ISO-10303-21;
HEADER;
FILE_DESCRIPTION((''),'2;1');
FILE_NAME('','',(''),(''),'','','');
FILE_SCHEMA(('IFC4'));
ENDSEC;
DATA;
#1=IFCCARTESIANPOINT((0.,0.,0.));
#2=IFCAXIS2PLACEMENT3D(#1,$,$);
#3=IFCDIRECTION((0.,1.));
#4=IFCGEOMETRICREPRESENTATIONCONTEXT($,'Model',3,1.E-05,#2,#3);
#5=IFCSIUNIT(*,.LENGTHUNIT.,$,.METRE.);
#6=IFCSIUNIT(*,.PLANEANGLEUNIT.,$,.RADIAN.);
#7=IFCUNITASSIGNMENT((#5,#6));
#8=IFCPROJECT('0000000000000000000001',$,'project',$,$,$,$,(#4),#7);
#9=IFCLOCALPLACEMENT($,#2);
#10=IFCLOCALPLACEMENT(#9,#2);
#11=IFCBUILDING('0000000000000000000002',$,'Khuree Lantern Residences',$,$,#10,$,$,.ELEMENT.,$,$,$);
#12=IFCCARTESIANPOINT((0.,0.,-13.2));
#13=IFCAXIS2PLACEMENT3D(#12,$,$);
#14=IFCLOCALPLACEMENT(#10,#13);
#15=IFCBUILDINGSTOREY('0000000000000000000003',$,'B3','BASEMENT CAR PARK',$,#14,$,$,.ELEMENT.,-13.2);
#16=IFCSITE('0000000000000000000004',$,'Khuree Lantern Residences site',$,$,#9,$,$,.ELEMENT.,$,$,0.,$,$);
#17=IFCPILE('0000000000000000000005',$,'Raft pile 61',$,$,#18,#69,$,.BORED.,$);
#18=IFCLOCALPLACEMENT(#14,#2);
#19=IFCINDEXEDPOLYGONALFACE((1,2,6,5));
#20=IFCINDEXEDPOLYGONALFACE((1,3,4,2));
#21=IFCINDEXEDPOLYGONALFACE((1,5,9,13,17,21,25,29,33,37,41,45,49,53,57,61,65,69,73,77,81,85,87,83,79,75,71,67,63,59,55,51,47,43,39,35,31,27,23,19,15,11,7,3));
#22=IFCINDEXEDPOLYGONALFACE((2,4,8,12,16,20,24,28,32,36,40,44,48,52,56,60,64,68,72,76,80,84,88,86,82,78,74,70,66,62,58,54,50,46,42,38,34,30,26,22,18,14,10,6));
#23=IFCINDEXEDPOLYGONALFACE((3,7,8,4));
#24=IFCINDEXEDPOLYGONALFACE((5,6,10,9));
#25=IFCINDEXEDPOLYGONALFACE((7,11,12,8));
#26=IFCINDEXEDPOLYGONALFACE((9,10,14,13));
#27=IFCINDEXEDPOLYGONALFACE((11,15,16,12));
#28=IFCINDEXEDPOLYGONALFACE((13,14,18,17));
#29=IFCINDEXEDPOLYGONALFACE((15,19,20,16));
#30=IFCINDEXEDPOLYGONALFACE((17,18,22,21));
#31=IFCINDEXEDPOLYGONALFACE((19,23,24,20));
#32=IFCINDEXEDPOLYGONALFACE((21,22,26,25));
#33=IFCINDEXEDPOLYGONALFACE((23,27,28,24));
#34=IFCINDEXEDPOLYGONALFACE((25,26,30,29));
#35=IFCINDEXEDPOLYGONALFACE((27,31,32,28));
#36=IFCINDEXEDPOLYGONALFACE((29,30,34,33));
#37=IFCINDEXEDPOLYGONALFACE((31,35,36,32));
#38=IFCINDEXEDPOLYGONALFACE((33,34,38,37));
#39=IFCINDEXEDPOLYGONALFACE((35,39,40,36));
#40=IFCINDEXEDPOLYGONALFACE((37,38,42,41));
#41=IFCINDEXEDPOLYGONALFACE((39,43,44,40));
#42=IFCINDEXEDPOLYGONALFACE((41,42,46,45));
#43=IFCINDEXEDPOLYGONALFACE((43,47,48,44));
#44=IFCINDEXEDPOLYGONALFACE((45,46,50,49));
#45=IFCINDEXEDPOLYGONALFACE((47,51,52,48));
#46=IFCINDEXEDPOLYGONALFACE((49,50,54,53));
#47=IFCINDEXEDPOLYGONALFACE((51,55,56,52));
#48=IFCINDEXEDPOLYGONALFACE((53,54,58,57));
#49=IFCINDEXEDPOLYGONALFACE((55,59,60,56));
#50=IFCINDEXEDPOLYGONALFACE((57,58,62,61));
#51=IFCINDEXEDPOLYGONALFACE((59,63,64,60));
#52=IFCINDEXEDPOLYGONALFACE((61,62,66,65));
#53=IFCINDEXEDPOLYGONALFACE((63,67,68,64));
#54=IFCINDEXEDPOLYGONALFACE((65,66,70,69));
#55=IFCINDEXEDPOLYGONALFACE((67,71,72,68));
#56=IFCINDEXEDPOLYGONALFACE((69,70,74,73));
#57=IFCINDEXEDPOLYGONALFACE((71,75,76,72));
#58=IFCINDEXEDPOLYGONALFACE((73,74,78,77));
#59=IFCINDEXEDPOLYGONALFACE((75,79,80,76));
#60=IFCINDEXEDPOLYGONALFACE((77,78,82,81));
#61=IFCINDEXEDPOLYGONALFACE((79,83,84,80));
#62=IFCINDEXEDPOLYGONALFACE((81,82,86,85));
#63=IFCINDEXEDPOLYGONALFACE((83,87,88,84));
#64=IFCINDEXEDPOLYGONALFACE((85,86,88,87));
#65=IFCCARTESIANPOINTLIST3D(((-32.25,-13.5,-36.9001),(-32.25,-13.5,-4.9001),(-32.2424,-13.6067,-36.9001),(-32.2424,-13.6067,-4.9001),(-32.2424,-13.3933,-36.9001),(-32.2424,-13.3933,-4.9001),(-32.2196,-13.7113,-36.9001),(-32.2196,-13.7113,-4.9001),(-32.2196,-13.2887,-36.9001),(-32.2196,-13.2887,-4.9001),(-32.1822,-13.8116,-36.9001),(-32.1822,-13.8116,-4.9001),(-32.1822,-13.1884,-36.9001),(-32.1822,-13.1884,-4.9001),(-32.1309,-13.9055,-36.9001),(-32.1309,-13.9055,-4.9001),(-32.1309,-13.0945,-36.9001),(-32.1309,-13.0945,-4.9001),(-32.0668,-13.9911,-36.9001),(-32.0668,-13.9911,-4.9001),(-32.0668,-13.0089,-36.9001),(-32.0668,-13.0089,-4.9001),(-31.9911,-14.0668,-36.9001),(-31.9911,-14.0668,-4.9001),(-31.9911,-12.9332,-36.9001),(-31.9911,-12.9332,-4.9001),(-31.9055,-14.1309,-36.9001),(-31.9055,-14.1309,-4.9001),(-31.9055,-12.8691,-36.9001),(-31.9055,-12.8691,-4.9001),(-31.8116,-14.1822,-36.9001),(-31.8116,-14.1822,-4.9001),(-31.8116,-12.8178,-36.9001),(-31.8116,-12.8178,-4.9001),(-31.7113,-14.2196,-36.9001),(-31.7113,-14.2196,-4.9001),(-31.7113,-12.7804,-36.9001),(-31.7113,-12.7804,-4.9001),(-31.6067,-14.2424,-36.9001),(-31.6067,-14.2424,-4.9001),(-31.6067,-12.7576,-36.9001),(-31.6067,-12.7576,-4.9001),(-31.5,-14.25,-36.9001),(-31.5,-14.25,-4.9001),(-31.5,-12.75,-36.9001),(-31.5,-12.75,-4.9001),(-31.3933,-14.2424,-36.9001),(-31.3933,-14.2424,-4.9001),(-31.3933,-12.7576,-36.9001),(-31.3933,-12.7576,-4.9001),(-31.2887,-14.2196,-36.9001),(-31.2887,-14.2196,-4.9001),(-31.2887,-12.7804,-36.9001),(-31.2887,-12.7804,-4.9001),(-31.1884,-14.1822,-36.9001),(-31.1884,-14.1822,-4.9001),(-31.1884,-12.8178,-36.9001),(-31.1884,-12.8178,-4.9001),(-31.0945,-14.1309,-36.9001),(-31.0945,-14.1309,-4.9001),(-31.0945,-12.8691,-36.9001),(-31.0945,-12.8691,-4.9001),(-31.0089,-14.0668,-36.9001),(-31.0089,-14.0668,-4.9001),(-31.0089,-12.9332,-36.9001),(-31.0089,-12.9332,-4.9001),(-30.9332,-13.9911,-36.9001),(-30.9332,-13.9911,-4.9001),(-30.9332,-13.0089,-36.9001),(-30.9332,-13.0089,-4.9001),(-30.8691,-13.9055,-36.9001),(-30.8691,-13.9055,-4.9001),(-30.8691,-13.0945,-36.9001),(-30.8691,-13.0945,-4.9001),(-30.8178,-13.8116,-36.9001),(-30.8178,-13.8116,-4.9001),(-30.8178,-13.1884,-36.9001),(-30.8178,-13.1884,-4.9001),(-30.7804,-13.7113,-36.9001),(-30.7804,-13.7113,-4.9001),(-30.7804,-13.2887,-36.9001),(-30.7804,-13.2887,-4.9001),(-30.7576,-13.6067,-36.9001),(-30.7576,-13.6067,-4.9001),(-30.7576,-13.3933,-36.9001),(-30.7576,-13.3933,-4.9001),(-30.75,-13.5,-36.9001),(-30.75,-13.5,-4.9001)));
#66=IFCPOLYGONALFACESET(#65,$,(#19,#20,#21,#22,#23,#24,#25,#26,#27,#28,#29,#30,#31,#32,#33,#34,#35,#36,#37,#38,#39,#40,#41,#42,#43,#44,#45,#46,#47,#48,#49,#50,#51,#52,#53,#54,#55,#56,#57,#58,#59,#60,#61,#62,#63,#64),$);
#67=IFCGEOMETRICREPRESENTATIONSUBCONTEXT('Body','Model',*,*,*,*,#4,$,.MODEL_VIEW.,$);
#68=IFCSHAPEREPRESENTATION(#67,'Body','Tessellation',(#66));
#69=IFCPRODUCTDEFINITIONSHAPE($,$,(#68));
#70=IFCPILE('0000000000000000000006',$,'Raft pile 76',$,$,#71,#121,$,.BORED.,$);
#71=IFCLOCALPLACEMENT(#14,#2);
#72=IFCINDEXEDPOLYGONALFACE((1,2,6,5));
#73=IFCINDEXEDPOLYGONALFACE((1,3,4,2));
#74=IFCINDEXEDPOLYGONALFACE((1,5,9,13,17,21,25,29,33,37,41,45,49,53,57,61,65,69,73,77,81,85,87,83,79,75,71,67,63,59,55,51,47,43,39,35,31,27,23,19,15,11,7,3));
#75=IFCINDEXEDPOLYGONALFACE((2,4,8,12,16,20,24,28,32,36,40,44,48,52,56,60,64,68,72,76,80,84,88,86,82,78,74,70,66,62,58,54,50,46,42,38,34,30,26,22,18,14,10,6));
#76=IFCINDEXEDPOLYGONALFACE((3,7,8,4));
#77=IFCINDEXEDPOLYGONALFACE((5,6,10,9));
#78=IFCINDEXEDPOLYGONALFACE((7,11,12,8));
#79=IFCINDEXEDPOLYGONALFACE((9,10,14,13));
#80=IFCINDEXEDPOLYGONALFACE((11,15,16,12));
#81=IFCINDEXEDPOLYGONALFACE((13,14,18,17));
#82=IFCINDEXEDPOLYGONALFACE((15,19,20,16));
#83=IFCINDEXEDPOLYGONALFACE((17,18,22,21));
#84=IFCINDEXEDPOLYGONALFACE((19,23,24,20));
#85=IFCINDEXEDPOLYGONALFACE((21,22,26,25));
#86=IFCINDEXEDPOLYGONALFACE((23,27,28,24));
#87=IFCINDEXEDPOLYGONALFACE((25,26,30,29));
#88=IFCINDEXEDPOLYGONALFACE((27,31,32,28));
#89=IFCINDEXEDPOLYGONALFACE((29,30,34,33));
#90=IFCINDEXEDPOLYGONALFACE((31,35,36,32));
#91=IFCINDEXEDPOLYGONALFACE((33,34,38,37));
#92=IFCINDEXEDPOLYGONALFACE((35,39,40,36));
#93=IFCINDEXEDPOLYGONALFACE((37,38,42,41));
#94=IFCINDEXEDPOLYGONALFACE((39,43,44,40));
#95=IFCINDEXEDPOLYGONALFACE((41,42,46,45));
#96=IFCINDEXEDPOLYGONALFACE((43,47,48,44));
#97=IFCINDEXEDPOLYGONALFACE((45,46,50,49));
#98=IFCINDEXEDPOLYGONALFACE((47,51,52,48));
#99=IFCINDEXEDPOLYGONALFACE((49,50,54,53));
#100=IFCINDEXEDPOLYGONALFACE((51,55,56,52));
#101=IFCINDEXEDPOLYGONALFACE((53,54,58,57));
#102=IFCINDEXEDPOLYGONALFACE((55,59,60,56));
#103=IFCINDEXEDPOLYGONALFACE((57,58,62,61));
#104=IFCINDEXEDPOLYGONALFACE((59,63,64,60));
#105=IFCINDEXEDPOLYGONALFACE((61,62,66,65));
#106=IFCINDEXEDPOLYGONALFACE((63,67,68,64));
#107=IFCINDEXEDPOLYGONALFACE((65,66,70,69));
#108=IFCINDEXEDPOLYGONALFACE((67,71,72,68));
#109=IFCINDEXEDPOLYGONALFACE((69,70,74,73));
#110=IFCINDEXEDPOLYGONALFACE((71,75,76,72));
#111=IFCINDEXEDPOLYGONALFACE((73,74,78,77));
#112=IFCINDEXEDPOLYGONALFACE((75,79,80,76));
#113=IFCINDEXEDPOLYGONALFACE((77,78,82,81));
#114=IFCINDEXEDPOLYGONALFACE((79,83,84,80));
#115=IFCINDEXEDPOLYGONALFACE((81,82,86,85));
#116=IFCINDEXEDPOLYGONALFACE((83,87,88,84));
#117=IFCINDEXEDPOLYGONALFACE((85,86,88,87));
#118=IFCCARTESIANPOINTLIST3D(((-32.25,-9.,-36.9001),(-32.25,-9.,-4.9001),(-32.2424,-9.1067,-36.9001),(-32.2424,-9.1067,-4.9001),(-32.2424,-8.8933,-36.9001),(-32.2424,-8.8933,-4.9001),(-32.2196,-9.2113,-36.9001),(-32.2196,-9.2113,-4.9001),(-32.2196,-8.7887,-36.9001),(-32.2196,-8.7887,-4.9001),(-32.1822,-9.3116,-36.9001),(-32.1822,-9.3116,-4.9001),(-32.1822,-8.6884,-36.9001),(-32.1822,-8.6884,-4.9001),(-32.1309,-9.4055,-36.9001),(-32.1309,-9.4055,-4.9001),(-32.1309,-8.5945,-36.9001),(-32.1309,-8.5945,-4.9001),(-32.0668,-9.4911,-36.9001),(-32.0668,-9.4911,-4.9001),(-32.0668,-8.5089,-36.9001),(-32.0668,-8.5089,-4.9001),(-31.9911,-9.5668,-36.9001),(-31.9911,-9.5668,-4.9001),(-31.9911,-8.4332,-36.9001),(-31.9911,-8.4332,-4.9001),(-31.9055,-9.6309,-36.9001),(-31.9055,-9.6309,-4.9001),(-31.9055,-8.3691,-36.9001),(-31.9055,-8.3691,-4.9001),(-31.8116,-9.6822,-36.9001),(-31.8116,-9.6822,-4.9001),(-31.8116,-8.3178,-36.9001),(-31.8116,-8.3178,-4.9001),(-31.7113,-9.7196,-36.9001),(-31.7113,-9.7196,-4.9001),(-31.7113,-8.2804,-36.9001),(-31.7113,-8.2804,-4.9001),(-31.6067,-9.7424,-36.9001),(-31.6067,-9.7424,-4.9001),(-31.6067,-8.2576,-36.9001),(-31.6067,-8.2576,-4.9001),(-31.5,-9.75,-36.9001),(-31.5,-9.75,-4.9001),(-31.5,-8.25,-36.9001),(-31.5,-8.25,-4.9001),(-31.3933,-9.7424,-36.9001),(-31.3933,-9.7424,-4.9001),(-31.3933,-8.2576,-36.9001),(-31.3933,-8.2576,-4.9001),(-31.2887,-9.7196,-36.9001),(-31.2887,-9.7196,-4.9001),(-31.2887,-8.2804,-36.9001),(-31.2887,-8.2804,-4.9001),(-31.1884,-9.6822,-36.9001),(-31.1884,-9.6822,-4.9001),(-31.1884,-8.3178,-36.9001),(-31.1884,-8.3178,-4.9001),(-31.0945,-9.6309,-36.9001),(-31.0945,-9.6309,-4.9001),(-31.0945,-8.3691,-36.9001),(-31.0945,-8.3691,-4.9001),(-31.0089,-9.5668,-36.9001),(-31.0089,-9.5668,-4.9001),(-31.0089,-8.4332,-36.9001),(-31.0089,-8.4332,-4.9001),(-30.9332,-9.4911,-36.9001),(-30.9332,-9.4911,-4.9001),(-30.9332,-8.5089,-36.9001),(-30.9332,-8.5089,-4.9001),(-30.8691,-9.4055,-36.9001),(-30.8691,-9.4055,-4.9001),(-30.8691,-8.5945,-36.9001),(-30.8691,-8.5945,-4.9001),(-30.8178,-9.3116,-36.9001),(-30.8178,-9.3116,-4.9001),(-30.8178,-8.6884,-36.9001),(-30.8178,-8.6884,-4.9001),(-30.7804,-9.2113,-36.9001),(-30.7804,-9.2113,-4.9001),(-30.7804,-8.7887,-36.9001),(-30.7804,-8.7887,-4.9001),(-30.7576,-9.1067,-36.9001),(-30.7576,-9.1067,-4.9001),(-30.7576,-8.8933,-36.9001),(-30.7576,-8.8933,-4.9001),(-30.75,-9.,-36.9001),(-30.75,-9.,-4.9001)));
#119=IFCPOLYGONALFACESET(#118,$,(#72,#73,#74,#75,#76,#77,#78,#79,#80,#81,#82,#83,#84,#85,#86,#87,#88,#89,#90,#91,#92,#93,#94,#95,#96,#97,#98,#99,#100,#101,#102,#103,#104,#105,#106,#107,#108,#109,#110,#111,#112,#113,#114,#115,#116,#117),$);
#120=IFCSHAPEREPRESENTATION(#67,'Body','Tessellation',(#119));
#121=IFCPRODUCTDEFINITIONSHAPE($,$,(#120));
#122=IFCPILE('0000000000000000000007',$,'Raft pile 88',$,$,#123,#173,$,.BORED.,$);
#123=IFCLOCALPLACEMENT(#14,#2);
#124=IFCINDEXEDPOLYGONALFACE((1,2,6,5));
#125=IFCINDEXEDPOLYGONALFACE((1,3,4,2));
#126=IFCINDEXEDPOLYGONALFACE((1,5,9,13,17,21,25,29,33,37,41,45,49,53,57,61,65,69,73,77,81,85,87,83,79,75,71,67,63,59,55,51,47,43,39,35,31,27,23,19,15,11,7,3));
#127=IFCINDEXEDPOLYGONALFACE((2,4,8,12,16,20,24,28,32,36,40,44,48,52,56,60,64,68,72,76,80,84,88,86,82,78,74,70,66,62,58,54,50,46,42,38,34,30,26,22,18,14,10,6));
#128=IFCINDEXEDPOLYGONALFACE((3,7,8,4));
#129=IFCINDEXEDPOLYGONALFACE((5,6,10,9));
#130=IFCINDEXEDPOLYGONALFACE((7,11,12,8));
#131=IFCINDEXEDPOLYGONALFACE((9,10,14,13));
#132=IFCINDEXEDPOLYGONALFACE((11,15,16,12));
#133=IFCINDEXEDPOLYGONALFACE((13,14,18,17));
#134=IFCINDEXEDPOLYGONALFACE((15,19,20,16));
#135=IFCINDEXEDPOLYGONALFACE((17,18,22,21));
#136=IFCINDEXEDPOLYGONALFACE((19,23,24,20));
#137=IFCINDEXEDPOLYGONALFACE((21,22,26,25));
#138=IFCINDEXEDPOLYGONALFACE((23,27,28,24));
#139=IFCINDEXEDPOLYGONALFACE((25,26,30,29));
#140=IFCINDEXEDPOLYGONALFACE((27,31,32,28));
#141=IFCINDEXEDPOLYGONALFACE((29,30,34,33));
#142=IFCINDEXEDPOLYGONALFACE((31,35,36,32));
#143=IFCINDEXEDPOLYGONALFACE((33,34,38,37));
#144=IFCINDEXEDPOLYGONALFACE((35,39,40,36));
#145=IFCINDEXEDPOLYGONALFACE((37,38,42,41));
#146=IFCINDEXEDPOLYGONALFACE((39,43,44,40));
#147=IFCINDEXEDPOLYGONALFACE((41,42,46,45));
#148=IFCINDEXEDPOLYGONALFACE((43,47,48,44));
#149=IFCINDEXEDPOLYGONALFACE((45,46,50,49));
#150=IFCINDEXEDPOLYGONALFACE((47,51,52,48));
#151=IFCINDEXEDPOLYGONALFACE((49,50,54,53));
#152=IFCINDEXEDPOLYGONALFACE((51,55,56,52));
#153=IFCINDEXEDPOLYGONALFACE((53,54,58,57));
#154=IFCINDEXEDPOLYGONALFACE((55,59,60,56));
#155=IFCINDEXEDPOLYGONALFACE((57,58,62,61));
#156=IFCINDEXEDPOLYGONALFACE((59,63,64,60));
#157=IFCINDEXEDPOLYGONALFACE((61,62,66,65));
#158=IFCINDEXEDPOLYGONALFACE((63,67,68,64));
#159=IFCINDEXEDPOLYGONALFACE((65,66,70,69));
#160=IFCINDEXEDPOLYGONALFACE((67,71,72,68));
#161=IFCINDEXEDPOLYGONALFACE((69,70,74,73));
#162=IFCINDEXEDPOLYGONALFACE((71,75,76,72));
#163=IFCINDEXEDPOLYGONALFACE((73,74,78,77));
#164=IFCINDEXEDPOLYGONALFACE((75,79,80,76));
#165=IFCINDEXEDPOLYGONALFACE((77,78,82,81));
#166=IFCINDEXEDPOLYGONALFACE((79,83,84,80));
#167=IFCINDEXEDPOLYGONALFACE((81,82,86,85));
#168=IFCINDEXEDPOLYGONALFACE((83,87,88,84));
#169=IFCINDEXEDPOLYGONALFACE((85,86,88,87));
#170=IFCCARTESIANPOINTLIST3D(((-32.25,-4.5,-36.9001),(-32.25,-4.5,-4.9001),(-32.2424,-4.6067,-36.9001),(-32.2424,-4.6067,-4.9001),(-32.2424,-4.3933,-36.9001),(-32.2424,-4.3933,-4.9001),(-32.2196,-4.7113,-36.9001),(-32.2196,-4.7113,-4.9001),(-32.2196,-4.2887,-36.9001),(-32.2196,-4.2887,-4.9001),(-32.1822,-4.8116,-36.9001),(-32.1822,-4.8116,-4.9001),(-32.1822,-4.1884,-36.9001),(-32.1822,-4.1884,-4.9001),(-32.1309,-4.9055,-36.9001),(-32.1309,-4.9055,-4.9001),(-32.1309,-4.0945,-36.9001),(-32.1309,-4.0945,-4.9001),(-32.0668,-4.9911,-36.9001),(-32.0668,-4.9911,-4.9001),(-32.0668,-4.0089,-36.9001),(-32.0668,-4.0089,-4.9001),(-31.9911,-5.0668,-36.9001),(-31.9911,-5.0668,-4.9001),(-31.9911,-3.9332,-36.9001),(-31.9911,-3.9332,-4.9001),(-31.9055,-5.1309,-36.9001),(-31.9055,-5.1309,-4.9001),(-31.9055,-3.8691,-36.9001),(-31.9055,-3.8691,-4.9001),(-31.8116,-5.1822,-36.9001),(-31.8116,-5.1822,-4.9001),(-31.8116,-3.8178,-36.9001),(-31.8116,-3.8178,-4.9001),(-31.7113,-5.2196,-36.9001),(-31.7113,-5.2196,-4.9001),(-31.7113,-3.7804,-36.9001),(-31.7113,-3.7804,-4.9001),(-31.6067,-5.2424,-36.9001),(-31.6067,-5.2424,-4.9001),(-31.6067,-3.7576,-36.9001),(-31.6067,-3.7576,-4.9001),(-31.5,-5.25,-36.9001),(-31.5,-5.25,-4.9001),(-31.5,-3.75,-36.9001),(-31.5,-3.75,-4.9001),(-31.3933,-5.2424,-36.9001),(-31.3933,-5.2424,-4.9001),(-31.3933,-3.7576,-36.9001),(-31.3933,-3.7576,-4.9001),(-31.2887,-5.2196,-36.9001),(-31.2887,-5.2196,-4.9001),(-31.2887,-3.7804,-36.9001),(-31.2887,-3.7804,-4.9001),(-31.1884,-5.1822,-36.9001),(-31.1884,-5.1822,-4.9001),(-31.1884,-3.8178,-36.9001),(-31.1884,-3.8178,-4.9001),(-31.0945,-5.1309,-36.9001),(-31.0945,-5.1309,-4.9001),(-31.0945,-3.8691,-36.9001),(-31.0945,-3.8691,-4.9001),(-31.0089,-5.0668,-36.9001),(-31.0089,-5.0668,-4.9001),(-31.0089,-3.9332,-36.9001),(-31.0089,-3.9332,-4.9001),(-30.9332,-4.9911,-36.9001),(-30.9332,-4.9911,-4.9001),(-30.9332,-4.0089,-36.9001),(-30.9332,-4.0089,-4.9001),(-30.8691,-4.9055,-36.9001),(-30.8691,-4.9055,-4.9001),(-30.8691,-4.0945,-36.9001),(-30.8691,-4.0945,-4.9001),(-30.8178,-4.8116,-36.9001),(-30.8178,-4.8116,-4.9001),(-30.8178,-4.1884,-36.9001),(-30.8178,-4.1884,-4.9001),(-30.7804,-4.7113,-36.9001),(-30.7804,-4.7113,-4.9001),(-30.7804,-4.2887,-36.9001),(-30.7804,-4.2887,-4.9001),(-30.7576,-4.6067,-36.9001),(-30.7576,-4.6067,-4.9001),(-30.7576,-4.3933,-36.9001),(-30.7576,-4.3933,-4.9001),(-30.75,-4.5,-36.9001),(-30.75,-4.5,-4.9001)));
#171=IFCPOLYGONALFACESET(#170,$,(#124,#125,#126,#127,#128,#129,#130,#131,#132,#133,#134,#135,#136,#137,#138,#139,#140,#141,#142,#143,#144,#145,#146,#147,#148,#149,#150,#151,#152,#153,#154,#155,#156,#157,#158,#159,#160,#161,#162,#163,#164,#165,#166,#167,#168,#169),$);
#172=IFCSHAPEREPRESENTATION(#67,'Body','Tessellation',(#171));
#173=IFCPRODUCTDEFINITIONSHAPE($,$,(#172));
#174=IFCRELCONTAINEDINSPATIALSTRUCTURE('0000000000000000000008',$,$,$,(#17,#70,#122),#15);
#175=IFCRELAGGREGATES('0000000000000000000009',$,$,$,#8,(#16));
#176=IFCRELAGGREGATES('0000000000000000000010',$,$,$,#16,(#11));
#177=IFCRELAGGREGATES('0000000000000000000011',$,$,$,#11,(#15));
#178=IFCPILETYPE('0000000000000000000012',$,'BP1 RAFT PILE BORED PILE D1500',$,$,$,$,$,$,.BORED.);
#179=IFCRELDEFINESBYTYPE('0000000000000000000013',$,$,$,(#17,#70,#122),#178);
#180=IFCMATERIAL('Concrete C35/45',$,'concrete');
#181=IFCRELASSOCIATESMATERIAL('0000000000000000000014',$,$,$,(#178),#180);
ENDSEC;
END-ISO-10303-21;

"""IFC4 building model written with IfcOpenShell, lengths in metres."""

from ifc_helpers import new_model, si_unit, direction, frame, origin, origin_2d, place, context, subcontext, project, spatial, circle, extrude, material, material_profile, profile_set, type_object, element, save


model = new_model("IFC4")

# Units and contexts
model_context = context("Model", 3, precision=1e-05, world=origin(), true_north=direction((0.0, 1.0)))
body_context = subcontext(model_context, "Body", "Model", "MODEL_VIEW")
ifc_project = project(units=[si_unit("LENGTHUNIT", "METRE"), si_unit("PLANEANGLEUNIT", "RADIAN")], contexts=[model_context])

# Site, building, storey
site_placement = place(None, origin())
site = spatial("IfcSite", under=ifc_project, at=site_placement, Name="Khuree Lantern Residences site", CompositionType="ELEMENT", RefElevation=0.0)
building_placement = place(site_placement, origin())
building = spatial("IfcBuilding", under=site, at=building_placement, Name="Khuree Lantern Residences", CompositionType="ELEMENT")
storey_placement = place(building_placement, frame((0.0, 0.0, -13.2)))
storey = spatial("IfcBuildingStorey", under=building, at=storey_placement, Name="B3", Description="BASEMENT CAR PARK", CompositionType="ELEMENT", Elevation=-13.2)

# Piles
ifc_material_1 = material(Name="Concrete C35/45", Category="concrete")
ifc_material_profile_1 = material_profile(ifc_material_1, circle(Radius=0.75, at=origin_2d()), Name="BORED PILE D1500")
ifc_profile_set_1 = profile_set([ifc_material_profile_1], Name="Concrete C35/45")
pile_type_1 = type_object("IfcPileType", Name="BP1 RAFT PILE BORED PILE D1500", PredefinedType="BORED", material=ifc_profile_set_1)
for number, where, z_axis, x_axis, name in (
    (1, (-31.5, -13.5, -4.9001), (0.0, 0.0, -1.0), (1.0, 0.0, 0.0), "Raft pile 61"),
    (2, (-31.5, -9.0, -4.9001), (0.0, 0.0, -1.0), (1.0, 0.0, 0.0), "Raft pile 76"),
    (3, (-31.5, -4.5, -4.9001), (0.0, 0.0, -1.0), (1.0, 0.0, 0.0), "Raft pile 88"),
):
    element("IfcPile", number, at=place(storey_placement, frame(where, z_axis=z_axis, x_axis=x_axis)), inside=storey, type_object=pile_type_1, Name=name, PredefinedType="BORED", context=body_context, shape_type="SweptSolid", body=[
        extrude(circle(Radius=0.75, at=origin_2d()), origin(), (0.0, 0.0, 1.0), 32.0),
    ])

save(model, "model.ifc")
